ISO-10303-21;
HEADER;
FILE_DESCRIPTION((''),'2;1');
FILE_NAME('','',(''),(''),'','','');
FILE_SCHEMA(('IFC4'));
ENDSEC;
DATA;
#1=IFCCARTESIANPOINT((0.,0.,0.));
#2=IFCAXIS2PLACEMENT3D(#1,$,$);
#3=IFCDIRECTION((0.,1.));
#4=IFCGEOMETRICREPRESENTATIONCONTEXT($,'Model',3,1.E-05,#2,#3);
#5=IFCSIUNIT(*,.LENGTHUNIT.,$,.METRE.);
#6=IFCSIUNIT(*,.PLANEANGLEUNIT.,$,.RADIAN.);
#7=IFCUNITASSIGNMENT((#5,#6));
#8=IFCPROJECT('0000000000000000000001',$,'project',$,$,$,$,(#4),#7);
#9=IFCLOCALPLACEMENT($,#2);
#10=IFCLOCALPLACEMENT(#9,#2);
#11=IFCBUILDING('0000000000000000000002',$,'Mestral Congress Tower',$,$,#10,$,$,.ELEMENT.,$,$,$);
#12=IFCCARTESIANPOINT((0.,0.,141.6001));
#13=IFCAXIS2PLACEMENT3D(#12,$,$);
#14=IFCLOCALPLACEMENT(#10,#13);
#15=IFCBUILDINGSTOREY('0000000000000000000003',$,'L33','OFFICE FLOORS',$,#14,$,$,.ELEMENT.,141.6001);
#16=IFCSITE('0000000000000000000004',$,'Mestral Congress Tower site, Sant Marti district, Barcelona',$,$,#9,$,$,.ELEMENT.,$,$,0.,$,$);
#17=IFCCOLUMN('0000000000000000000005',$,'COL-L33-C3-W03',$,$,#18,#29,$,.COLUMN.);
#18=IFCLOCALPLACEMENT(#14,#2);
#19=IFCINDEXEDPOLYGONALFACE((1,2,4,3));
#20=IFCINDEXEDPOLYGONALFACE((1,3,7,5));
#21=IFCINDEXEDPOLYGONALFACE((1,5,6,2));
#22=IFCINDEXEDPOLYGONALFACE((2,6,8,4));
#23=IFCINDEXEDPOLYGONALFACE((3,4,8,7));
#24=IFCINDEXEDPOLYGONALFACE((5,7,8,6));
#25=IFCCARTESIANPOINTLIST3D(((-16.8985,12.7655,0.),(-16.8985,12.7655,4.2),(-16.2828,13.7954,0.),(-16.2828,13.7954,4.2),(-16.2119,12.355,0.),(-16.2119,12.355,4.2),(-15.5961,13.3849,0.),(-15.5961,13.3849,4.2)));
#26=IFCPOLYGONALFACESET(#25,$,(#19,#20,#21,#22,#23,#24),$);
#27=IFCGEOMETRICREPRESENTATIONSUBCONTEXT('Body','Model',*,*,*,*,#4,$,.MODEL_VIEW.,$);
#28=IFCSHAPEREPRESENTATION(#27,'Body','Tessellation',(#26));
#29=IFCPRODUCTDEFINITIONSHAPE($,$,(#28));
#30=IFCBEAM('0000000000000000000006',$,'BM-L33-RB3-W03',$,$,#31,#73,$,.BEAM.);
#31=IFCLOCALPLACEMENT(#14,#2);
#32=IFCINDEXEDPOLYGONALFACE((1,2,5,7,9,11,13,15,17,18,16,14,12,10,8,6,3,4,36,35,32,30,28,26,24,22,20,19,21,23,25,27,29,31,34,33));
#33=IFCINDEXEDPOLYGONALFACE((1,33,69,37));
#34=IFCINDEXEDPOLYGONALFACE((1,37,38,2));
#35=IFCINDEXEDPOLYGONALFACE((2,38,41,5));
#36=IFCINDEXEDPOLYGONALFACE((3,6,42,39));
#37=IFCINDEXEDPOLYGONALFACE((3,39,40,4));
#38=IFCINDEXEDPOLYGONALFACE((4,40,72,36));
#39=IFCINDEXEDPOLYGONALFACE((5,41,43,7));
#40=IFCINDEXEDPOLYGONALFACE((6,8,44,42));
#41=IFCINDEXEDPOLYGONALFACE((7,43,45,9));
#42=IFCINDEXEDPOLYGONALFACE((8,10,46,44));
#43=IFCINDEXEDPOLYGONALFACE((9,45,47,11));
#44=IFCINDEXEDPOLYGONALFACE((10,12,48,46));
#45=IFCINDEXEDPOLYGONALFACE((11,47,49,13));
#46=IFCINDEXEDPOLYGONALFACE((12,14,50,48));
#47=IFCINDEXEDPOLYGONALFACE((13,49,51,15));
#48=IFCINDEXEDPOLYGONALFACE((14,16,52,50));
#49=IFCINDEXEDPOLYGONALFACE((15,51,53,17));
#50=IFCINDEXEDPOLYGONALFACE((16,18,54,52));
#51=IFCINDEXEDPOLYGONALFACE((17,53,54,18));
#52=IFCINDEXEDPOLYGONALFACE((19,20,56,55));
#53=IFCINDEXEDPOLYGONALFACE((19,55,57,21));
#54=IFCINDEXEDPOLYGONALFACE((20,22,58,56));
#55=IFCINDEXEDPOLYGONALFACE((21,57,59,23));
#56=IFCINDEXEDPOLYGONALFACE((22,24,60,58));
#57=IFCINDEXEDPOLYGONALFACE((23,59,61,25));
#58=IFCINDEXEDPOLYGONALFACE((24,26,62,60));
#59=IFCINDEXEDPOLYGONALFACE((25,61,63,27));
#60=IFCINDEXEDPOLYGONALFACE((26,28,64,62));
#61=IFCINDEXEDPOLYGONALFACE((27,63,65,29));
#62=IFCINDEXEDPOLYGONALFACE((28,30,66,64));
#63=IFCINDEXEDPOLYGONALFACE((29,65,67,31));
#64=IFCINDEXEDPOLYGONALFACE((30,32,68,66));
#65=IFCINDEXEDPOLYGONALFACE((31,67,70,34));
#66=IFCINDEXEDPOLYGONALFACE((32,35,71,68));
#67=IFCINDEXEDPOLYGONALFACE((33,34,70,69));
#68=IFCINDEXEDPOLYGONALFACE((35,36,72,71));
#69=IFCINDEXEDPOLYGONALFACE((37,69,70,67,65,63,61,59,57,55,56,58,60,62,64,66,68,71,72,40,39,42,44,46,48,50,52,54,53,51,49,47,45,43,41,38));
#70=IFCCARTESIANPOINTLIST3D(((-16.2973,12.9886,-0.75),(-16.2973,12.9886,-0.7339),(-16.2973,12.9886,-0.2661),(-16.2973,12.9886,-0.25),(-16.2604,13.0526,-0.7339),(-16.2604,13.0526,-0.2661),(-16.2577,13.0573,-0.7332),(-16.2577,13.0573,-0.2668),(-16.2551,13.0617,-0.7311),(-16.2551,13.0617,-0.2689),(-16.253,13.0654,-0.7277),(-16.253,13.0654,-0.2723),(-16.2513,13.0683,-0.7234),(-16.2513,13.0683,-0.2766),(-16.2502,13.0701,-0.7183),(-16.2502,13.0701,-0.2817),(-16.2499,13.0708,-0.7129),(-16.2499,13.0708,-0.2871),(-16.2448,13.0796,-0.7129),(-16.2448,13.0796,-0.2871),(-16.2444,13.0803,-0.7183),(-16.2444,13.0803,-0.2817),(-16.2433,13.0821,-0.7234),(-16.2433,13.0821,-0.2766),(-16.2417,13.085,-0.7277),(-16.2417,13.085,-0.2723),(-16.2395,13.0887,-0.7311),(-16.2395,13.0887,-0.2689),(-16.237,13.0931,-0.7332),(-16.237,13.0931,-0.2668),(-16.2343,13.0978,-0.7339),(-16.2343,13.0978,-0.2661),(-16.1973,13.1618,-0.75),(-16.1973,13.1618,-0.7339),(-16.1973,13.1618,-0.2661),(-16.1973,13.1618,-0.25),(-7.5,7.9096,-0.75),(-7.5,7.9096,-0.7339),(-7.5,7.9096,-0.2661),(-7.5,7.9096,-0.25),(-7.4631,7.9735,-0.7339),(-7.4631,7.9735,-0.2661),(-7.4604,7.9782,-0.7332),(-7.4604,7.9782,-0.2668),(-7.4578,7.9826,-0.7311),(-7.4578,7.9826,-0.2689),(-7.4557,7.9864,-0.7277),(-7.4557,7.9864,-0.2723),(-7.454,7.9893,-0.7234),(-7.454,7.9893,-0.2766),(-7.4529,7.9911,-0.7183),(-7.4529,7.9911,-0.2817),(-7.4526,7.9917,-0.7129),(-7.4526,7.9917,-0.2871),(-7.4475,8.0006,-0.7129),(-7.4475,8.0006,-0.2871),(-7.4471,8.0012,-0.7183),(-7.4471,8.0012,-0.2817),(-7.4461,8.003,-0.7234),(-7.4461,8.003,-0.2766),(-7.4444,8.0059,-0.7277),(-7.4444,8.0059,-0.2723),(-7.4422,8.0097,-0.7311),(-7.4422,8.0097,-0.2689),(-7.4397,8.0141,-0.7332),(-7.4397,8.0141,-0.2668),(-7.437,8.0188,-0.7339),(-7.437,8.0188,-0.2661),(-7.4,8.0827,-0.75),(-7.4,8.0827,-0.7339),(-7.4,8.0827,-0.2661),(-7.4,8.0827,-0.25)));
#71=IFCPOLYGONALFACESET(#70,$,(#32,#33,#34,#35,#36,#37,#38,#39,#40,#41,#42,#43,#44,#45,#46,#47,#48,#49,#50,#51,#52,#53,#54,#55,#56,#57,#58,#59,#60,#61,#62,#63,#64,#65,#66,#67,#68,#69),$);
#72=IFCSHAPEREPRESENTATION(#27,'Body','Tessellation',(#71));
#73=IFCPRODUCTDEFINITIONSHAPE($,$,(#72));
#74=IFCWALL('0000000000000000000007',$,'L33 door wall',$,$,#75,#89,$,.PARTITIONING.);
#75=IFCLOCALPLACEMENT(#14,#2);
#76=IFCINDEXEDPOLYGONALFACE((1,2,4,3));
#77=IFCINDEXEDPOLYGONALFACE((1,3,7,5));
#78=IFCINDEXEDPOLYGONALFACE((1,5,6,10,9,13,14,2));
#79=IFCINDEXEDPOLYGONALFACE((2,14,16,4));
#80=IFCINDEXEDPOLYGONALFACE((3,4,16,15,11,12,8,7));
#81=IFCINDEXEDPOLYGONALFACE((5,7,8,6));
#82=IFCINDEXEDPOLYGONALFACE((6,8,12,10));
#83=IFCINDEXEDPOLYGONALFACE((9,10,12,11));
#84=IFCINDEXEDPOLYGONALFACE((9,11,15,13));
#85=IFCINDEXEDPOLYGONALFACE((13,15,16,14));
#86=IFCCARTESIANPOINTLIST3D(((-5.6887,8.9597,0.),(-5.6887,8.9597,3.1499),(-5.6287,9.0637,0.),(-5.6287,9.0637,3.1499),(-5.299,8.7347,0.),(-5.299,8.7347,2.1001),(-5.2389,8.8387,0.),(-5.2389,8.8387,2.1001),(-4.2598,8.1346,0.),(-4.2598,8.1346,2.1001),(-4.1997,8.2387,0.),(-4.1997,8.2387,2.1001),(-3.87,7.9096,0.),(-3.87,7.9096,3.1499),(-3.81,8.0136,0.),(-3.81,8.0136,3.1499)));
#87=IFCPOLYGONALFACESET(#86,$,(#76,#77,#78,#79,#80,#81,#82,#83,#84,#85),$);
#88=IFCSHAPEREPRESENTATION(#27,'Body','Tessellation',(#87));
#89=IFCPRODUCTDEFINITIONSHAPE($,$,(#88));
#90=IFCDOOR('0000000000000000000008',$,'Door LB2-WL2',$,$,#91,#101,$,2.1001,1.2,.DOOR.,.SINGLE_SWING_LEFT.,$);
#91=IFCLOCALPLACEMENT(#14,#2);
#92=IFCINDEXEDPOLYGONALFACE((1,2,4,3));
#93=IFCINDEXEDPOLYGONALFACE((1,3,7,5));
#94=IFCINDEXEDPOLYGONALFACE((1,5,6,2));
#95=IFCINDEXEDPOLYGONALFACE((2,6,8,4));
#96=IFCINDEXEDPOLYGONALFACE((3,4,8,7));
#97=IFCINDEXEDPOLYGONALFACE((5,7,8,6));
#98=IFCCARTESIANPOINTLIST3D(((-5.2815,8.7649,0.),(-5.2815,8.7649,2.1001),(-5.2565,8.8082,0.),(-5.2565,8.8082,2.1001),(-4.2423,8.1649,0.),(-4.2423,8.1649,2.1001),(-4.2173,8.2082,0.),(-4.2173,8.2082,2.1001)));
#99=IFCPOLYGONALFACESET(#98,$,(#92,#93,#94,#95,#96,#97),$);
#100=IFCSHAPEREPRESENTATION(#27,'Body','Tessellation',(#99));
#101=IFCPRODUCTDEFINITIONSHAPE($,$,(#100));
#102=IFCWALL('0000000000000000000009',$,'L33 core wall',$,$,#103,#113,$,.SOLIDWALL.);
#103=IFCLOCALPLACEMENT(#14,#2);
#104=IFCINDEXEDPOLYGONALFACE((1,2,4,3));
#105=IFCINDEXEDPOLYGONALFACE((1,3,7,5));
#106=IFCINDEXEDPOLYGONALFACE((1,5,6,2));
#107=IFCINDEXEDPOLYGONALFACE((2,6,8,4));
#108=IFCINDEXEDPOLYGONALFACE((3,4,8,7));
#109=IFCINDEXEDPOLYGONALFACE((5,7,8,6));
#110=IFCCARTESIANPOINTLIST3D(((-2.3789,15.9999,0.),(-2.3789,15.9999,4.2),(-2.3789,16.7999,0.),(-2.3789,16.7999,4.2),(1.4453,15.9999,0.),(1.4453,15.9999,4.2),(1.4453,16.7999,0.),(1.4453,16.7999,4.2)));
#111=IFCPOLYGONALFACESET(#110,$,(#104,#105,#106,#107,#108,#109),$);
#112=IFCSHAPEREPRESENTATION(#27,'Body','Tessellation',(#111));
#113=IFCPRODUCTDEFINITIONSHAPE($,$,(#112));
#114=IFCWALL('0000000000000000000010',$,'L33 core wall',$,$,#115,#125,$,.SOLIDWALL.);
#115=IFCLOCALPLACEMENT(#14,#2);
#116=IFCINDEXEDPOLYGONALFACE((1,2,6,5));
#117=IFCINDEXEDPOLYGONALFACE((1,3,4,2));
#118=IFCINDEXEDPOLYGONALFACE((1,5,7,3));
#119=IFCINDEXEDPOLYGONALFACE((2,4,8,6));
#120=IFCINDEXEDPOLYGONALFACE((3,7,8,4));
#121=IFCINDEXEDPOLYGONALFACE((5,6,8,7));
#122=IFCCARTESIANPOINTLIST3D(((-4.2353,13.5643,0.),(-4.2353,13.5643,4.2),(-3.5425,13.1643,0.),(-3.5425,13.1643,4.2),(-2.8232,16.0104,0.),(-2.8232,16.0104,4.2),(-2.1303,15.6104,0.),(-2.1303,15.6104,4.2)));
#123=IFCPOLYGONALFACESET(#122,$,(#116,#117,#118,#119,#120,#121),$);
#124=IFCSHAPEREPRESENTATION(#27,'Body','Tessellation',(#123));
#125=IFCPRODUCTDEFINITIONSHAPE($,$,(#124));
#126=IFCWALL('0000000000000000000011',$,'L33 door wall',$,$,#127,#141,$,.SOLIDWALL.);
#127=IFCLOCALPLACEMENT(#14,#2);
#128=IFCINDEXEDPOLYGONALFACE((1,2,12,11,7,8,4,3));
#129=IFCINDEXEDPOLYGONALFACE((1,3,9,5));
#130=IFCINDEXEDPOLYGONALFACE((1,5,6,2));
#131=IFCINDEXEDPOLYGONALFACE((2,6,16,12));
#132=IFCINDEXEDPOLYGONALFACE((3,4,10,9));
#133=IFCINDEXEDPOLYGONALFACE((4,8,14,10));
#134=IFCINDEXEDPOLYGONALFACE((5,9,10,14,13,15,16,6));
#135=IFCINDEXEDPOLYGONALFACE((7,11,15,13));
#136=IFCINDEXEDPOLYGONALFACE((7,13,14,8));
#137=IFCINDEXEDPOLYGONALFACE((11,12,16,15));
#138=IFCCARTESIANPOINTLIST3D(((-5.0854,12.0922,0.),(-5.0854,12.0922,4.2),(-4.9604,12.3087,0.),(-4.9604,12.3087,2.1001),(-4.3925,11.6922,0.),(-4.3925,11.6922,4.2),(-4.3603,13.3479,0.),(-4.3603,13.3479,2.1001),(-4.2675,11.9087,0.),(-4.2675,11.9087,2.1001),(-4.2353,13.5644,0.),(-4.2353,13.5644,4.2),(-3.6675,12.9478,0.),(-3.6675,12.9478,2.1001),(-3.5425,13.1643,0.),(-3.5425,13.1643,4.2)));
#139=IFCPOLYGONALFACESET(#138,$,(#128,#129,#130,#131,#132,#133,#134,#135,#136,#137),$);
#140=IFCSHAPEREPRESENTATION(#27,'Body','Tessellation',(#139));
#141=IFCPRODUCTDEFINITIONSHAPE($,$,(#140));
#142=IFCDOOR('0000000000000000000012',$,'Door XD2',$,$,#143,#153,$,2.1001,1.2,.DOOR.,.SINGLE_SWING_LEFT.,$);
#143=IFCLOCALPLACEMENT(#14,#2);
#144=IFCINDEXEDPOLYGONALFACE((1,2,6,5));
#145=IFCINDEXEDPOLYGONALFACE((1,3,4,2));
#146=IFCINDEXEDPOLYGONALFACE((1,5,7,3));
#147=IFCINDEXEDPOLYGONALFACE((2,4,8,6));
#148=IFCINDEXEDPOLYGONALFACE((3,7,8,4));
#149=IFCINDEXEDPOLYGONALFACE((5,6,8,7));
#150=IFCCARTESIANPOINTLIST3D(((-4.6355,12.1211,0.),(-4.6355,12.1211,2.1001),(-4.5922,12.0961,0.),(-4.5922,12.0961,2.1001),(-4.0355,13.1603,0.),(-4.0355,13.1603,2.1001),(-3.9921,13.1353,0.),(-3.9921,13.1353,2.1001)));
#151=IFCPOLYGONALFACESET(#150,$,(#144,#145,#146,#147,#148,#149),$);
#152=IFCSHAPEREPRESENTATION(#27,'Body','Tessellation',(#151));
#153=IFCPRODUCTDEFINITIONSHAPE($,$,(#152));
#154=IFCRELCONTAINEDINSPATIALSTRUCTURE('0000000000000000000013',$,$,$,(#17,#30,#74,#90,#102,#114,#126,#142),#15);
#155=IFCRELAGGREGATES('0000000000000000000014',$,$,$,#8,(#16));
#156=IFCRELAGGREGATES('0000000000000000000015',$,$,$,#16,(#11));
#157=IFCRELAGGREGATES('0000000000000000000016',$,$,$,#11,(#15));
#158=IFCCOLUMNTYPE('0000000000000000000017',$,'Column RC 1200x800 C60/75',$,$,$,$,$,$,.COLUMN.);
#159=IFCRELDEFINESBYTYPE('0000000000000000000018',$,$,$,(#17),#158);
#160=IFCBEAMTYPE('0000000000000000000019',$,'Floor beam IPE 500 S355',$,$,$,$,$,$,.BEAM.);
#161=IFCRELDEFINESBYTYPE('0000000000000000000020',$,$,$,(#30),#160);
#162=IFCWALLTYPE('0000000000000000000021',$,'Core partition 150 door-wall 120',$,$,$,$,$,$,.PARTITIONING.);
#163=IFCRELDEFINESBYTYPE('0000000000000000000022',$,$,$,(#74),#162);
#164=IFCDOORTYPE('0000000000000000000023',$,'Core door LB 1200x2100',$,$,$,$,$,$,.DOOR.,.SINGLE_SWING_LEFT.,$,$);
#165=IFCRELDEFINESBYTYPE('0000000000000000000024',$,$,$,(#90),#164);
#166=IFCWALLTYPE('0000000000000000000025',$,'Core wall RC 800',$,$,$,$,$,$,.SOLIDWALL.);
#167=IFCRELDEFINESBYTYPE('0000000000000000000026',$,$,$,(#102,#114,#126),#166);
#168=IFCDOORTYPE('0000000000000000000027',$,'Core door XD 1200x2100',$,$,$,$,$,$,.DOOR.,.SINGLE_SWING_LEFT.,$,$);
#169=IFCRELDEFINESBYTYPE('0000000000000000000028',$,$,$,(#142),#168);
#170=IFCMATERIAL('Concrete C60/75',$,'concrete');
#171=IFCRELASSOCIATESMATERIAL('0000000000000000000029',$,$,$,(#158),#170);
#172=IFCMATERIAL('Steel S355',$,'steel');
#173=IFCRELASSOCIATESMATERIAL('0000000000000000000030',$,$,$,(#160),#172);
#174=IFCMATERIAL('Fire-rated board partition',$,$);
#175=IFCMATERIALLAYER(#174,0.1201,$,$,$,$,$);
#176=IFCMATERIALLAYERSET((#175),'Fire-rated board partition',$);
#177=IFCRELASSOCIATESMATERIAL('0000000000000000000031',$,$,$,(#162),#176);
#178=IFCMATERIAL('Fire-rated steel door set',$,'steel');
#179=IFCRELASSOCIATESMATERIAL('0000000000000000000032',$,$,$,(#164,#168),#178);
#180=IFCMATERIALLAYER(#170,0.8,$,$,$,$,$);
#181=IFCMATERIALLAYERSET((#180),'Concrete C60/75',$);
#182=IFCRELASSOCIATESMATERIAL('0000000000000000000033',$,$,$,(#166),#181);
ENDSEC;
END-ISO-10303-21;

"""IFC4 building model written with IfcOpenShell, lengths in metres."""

from ifc_helpers import new_model, si_unit, direction, frame, frame_2d, origin, origin_2d, place, context, subcontext, project, spatial, rectangle, i_section, extrude, material, layer, layer_set, material_profile, profile_set, type_object, element, fill, save


model = new_model("IFC4")

# Units and contexts
model_context = context("Model", 3, precision=1e-05, world=origin(), true_north=direction((0.0, 1.0)))
body_context = subcontext(model_context, "Body", "Model", "MODEL_VIEW")
ifc_project = project(units=[si_unit("LENGTHUNIT", "METRE"), si_unit("PLANEANGLEUNIT", "RADIAN")], contexts=[model_context])

# Site, building, storey
site_placement = place(None, origin())
site = spatial("IfcSite", under=ifc_project, at=site_placement, Name="Mestral Congress Tower site, Sant Marti district, Barcelona", CompositionType="ELEMENT", RefElevation=0.0)
building_placement = place(site_placement, origin())
building = spatial("IfcBuilding", under=site, at=building_placement, Name="Mestral Congress Tower", CompositionType="ELEMENT")
storey_placement = place(building_placement, frame((0.0, 0.0, 141.6001)))
storey = spatial("IfcBuildingStorey", under=building, at=storey_placement, Name="L33", Description="OFFICE FLOORS", CompositionType="ELEMENT", Elevation=141.6001)

# Column
ifc_material_1 = material(Name="Concrete C60/75", Category="concrete")
ifc_material_profile_1 = material_profile(ifc_material_1, rectangle(XDim=1.2, YDim=0.8, at=origin_2d()), Name="RC 1200x800")
ifc_profile_set_1 = profile_set([ifc_material_profile_1], Name="Concrete C60/75")
column_type = type_object("IfcColumnType", Name="Column RC 1200x800 C60/75", PredefinedType="COLUMN", material=ifc_profile_set_1)
column_placement = place(storey_placement, frame((-16.2473, 13.0752, 0.0), z_axis=(0.0, 0.0, 1.0), x_axis=(-0.513159, -0.858293, 0.0)))
element("IfcColumn", 1, at=column_placement, inside=storey, type_object=column_type, Name="COL-L33-C3-W03", PredefinedType="COLUMN", context=body_context, shape_type="SweptSolid", body=[
    extrude(rectangle(XDim=1.2, YDim=0.8, at=origin_2d()), origin(), (0.0, 0.0, 1.0), 4.2),
])

# Beam
ifc_material_2 = material(Name="Steel S355", Category="steel")
ifc_material_profile_2 = material_profile(ifc_material_2, i_section(OverallWidth=0.2, OverallDepth=0.5, WebThickness=0.0103, FlangeThickness=0.0161, FilletRadius=0.021, at=origin_2d()), Name="IPE 500")
ifc_profile_set_2 = profile_set([ifc_material_profile_2], Name="Steel S355")
beam_type = type_object("IfcBeamType", Name="Floor beam IPE 500 S355", PredefinedType="BEAM", material=ifc_profile_set_2)
beam_placement = place(storey_placement, frame((-16.2473, 13.0752, -0.5), z_axis=(0.866028, -0.499996, 0.0), x_axis=(0.499996, 0.866028, 0.0)))
element("IfcBeam", 2, at=beam_placement, inside=storey, type_object=beam_type, Name="BM-L33-RB3-W03", PredefinedType="BEAM", context=body_context, shape_type="SweptSolid", body=[
    extrude(i_section(OverallWidth=0.2, OverallDepth=0.5, WebThickness=0.0103, FlangeThickness=0.0161, FilletRadius=0.021, at=origin_2d()), origin(), (0.0, 0.0, 1.0), 10.1582),
])

# Wall, opening, door
ifc_material_3 = material(Name="Fire-rated board partition")
ifc_layer_1 = layer(ifc_material_3, 0.1201)
ifc_layer_set_1 = layer_set([ifc_layer_1], Name="Fire-rated board partition")
wall_type_1 = type_object("IfcWallType", Name="Core partition 150 door-wall 120", PredefinedType="PARTITIONING", material=ifc_layer_set_1)
wall_1_placement = place(storey_placement, frame((-5.6587, 9.0117, 0.0), z_axis=(0.0, 0.0, 1.0), x_axis=(0.866009, -0.500028, 0.0)))
wall_1 = element("IfcWall", 3, at=wall_1_placement, inside=storey, type_object=wall_type_1, Name="L33 door wall", PredefinedType="PARTITIONING", context=body_context, shape_type="SweptSolid", body=[
    extrude(rectangle(XDim=2.1001, YDim=0.1201, at=frame_2d((1.05, 0.0))), origin(), (0.0, 0.0, 1.0), 3.1499),
])
opening_1_placement = place(wall_1_placement, frame((0.45, 0.0, 0.0)))
opening_1 = element("IfcOpeningElement", 4, at=opening_1_placement, cuts=wall_1, PredefinedType="OPENING", context=body_context, shape_type="SweptSolid", body=[
    extrude(rectangle(XDim=1.2, YDim=2.1001, at=frame_2d((0.6001, 1.05))), frame((0.0, 0.0701, 0.0), z_axis=(0.0, -1.0, 0.0), x_axis=(1.0, 0.0, 0.0)), (0.0, 0.0, 1.0), 0.1401),
])
ifc_material_4 = material(Name="Fire-rated steel door set", Category="steel")
door_type_1 = type_object("IfcDoorType", Name="Core door LB 1200x2100", OperationType="SINGLE_SWING_LEFT", PredefinedType="DOOR", material=ifc_material_4)
door_1_placement = place(opening_1_placement, origin())
door_1 = element("IfcDoor", 5, at=door_1_placement, inside=storey, type_object=door_type_1, Name="Door LB2-WL2", OperationType="SINGLE_SWING_LEFT", OverallHeight=2.1001, OverallWidth=1.2, PredefinedType="DOOR", context=body_context, shape_type="SweptSolid", body=[
    extrude(rectangle(XDim=1.2, YDim=2.1001, at=frame_2d((0.6001, 1.05))), frame((0.0, 0.0249, 0.0), z_axis=(0.0, -1.0, 0.0), x_axis=(1.0, 0.0, 0.0)), (0.0, 0.0, 1.0), 0.05),
])
fill(opening_1, door_1)

# Walls
ifc_layer_2 = layer(ifc_material_1, 0.8)
ifc_layer_set_2 = layer_set([ifc_layer_2], Name="Concrete C60/75")
wall_type_2 = type_object("IfcWallType", Name="Core wall RC 800", PredefinedType="SOLIDWALL", material=ifc_layer_set_2)
wall_2_placement = place(storey_placement, frame((-2.3789, 16.3999, 0.0), z_axis=(0.0, 0.0, 1.0), x_axis=(1.0, 0.0, 0.0)))
element("IfcWall", 6, at=wall_2_placement, inside=storey, type_object=wall_type_2, Name="L33 core wall", PredefinedType="SOLIDWALL", context=body_context, shape_type="SweptSolid", body=[
    extrude(rectangle(XDim=3.8242, YDim=0.8, at=frame_2d((1.9121, 0.0))), origin(), (0.0, 0.0, 1.0), 4.2),
])
wall_3_placement = place(storey_placement, frame((-2.4768, 15.8103, 0.0), z_axis=(0.0, 0.0, 1.0), x_axis=(-0.499969, -0.866043, 0.0)))
element("IfcWall", 7, at=wall_3_placement, inside=storey, type_object=wall_type_2, Name="L33 core wall", PredefinedType="SOLIDWALL", context=body_context, shape_type="SweptSolid", body=[
    extrude(rectangle(XDim=2.8245, YDim=0.8, at=frame_2d((1.4121, 0.0))), origin(), (0.0, 0.0, 1.0), 4.2),
])

# Wall, opening, door
wall_4_placement = place(storey_placement, frame((-4.739, 11.8921, 0.0), z_axis=(0.0, 0.0, 1.0), x_axis=(0.500062, 0.865989, 0.0)))
wall_4 = element("IfcWall", 8, at=wall_4_placement, inside=storey, type_object=wall_type_2, Name="L33 door wall", PredefinedType="SOLIDWALL", context=body_context, shape_type="SweptSolid", body=[
    extrude(rectangle(XDim=1.7, YDim=0.8, at=frame_2d((0.8501, 0.0))), origin(), (0.0, 0.0, 1.0), 4.2),
])
opening_2_placement = place(wall_4_placement, frame((0.25, 0.0, 0.0)))
opening_2 = element("IfcOpeningElement", 9, at=opening_2_placement, cuts=wall_4, PredefinedType="OPENING", context=body_context, shape_type="SweptSolid", body=[
    extrude(rectangle(XDim=1.2, YDim=2.1001, at=frame_2d((0.6001, 1.05))), frame((0.0, 0.4099, 0.0), z_axis=(0.0, -1.0, 0.0), x_axis=(1.0, 0.0, 0.0)), (0.0, 0.0, 1.0), 0.8201),
])
door_type_2 = type_object("IfcDoorType", Name="Core door XD 1200x2100", OperationType="SINGLE_SWING_LEFT", PredefinedType="DOOR", material=ifc_material_4)
door_2_placement = place(opening_2_placement, origin())
door_2 = element("IfcDoor", 10, at=door_2_placement, inside=storey, type_object=door_type_2, Name="Door XD2", OperationType="SINGLE_SWING_LEFT", OverallHeight=2.1001, OverallWidth=1.2, PredefinedType="DOOR", context=body_context, shape_type="SweptSolid", body=[
    extrude(rectangle(XDim=1.2, YDim=2.1001, at=frame_2d((0.6001, 1.05))), frame((0.0, 0.0249, 0.0), z_axis=(0.0, -1.0, 0.0), x_axis=(1.0, 0.0, 0.0)), (0.0, 0.0, 1.0), 0.05),
])
fill(opening_2, door_2)

save(model, "model.ifc")
